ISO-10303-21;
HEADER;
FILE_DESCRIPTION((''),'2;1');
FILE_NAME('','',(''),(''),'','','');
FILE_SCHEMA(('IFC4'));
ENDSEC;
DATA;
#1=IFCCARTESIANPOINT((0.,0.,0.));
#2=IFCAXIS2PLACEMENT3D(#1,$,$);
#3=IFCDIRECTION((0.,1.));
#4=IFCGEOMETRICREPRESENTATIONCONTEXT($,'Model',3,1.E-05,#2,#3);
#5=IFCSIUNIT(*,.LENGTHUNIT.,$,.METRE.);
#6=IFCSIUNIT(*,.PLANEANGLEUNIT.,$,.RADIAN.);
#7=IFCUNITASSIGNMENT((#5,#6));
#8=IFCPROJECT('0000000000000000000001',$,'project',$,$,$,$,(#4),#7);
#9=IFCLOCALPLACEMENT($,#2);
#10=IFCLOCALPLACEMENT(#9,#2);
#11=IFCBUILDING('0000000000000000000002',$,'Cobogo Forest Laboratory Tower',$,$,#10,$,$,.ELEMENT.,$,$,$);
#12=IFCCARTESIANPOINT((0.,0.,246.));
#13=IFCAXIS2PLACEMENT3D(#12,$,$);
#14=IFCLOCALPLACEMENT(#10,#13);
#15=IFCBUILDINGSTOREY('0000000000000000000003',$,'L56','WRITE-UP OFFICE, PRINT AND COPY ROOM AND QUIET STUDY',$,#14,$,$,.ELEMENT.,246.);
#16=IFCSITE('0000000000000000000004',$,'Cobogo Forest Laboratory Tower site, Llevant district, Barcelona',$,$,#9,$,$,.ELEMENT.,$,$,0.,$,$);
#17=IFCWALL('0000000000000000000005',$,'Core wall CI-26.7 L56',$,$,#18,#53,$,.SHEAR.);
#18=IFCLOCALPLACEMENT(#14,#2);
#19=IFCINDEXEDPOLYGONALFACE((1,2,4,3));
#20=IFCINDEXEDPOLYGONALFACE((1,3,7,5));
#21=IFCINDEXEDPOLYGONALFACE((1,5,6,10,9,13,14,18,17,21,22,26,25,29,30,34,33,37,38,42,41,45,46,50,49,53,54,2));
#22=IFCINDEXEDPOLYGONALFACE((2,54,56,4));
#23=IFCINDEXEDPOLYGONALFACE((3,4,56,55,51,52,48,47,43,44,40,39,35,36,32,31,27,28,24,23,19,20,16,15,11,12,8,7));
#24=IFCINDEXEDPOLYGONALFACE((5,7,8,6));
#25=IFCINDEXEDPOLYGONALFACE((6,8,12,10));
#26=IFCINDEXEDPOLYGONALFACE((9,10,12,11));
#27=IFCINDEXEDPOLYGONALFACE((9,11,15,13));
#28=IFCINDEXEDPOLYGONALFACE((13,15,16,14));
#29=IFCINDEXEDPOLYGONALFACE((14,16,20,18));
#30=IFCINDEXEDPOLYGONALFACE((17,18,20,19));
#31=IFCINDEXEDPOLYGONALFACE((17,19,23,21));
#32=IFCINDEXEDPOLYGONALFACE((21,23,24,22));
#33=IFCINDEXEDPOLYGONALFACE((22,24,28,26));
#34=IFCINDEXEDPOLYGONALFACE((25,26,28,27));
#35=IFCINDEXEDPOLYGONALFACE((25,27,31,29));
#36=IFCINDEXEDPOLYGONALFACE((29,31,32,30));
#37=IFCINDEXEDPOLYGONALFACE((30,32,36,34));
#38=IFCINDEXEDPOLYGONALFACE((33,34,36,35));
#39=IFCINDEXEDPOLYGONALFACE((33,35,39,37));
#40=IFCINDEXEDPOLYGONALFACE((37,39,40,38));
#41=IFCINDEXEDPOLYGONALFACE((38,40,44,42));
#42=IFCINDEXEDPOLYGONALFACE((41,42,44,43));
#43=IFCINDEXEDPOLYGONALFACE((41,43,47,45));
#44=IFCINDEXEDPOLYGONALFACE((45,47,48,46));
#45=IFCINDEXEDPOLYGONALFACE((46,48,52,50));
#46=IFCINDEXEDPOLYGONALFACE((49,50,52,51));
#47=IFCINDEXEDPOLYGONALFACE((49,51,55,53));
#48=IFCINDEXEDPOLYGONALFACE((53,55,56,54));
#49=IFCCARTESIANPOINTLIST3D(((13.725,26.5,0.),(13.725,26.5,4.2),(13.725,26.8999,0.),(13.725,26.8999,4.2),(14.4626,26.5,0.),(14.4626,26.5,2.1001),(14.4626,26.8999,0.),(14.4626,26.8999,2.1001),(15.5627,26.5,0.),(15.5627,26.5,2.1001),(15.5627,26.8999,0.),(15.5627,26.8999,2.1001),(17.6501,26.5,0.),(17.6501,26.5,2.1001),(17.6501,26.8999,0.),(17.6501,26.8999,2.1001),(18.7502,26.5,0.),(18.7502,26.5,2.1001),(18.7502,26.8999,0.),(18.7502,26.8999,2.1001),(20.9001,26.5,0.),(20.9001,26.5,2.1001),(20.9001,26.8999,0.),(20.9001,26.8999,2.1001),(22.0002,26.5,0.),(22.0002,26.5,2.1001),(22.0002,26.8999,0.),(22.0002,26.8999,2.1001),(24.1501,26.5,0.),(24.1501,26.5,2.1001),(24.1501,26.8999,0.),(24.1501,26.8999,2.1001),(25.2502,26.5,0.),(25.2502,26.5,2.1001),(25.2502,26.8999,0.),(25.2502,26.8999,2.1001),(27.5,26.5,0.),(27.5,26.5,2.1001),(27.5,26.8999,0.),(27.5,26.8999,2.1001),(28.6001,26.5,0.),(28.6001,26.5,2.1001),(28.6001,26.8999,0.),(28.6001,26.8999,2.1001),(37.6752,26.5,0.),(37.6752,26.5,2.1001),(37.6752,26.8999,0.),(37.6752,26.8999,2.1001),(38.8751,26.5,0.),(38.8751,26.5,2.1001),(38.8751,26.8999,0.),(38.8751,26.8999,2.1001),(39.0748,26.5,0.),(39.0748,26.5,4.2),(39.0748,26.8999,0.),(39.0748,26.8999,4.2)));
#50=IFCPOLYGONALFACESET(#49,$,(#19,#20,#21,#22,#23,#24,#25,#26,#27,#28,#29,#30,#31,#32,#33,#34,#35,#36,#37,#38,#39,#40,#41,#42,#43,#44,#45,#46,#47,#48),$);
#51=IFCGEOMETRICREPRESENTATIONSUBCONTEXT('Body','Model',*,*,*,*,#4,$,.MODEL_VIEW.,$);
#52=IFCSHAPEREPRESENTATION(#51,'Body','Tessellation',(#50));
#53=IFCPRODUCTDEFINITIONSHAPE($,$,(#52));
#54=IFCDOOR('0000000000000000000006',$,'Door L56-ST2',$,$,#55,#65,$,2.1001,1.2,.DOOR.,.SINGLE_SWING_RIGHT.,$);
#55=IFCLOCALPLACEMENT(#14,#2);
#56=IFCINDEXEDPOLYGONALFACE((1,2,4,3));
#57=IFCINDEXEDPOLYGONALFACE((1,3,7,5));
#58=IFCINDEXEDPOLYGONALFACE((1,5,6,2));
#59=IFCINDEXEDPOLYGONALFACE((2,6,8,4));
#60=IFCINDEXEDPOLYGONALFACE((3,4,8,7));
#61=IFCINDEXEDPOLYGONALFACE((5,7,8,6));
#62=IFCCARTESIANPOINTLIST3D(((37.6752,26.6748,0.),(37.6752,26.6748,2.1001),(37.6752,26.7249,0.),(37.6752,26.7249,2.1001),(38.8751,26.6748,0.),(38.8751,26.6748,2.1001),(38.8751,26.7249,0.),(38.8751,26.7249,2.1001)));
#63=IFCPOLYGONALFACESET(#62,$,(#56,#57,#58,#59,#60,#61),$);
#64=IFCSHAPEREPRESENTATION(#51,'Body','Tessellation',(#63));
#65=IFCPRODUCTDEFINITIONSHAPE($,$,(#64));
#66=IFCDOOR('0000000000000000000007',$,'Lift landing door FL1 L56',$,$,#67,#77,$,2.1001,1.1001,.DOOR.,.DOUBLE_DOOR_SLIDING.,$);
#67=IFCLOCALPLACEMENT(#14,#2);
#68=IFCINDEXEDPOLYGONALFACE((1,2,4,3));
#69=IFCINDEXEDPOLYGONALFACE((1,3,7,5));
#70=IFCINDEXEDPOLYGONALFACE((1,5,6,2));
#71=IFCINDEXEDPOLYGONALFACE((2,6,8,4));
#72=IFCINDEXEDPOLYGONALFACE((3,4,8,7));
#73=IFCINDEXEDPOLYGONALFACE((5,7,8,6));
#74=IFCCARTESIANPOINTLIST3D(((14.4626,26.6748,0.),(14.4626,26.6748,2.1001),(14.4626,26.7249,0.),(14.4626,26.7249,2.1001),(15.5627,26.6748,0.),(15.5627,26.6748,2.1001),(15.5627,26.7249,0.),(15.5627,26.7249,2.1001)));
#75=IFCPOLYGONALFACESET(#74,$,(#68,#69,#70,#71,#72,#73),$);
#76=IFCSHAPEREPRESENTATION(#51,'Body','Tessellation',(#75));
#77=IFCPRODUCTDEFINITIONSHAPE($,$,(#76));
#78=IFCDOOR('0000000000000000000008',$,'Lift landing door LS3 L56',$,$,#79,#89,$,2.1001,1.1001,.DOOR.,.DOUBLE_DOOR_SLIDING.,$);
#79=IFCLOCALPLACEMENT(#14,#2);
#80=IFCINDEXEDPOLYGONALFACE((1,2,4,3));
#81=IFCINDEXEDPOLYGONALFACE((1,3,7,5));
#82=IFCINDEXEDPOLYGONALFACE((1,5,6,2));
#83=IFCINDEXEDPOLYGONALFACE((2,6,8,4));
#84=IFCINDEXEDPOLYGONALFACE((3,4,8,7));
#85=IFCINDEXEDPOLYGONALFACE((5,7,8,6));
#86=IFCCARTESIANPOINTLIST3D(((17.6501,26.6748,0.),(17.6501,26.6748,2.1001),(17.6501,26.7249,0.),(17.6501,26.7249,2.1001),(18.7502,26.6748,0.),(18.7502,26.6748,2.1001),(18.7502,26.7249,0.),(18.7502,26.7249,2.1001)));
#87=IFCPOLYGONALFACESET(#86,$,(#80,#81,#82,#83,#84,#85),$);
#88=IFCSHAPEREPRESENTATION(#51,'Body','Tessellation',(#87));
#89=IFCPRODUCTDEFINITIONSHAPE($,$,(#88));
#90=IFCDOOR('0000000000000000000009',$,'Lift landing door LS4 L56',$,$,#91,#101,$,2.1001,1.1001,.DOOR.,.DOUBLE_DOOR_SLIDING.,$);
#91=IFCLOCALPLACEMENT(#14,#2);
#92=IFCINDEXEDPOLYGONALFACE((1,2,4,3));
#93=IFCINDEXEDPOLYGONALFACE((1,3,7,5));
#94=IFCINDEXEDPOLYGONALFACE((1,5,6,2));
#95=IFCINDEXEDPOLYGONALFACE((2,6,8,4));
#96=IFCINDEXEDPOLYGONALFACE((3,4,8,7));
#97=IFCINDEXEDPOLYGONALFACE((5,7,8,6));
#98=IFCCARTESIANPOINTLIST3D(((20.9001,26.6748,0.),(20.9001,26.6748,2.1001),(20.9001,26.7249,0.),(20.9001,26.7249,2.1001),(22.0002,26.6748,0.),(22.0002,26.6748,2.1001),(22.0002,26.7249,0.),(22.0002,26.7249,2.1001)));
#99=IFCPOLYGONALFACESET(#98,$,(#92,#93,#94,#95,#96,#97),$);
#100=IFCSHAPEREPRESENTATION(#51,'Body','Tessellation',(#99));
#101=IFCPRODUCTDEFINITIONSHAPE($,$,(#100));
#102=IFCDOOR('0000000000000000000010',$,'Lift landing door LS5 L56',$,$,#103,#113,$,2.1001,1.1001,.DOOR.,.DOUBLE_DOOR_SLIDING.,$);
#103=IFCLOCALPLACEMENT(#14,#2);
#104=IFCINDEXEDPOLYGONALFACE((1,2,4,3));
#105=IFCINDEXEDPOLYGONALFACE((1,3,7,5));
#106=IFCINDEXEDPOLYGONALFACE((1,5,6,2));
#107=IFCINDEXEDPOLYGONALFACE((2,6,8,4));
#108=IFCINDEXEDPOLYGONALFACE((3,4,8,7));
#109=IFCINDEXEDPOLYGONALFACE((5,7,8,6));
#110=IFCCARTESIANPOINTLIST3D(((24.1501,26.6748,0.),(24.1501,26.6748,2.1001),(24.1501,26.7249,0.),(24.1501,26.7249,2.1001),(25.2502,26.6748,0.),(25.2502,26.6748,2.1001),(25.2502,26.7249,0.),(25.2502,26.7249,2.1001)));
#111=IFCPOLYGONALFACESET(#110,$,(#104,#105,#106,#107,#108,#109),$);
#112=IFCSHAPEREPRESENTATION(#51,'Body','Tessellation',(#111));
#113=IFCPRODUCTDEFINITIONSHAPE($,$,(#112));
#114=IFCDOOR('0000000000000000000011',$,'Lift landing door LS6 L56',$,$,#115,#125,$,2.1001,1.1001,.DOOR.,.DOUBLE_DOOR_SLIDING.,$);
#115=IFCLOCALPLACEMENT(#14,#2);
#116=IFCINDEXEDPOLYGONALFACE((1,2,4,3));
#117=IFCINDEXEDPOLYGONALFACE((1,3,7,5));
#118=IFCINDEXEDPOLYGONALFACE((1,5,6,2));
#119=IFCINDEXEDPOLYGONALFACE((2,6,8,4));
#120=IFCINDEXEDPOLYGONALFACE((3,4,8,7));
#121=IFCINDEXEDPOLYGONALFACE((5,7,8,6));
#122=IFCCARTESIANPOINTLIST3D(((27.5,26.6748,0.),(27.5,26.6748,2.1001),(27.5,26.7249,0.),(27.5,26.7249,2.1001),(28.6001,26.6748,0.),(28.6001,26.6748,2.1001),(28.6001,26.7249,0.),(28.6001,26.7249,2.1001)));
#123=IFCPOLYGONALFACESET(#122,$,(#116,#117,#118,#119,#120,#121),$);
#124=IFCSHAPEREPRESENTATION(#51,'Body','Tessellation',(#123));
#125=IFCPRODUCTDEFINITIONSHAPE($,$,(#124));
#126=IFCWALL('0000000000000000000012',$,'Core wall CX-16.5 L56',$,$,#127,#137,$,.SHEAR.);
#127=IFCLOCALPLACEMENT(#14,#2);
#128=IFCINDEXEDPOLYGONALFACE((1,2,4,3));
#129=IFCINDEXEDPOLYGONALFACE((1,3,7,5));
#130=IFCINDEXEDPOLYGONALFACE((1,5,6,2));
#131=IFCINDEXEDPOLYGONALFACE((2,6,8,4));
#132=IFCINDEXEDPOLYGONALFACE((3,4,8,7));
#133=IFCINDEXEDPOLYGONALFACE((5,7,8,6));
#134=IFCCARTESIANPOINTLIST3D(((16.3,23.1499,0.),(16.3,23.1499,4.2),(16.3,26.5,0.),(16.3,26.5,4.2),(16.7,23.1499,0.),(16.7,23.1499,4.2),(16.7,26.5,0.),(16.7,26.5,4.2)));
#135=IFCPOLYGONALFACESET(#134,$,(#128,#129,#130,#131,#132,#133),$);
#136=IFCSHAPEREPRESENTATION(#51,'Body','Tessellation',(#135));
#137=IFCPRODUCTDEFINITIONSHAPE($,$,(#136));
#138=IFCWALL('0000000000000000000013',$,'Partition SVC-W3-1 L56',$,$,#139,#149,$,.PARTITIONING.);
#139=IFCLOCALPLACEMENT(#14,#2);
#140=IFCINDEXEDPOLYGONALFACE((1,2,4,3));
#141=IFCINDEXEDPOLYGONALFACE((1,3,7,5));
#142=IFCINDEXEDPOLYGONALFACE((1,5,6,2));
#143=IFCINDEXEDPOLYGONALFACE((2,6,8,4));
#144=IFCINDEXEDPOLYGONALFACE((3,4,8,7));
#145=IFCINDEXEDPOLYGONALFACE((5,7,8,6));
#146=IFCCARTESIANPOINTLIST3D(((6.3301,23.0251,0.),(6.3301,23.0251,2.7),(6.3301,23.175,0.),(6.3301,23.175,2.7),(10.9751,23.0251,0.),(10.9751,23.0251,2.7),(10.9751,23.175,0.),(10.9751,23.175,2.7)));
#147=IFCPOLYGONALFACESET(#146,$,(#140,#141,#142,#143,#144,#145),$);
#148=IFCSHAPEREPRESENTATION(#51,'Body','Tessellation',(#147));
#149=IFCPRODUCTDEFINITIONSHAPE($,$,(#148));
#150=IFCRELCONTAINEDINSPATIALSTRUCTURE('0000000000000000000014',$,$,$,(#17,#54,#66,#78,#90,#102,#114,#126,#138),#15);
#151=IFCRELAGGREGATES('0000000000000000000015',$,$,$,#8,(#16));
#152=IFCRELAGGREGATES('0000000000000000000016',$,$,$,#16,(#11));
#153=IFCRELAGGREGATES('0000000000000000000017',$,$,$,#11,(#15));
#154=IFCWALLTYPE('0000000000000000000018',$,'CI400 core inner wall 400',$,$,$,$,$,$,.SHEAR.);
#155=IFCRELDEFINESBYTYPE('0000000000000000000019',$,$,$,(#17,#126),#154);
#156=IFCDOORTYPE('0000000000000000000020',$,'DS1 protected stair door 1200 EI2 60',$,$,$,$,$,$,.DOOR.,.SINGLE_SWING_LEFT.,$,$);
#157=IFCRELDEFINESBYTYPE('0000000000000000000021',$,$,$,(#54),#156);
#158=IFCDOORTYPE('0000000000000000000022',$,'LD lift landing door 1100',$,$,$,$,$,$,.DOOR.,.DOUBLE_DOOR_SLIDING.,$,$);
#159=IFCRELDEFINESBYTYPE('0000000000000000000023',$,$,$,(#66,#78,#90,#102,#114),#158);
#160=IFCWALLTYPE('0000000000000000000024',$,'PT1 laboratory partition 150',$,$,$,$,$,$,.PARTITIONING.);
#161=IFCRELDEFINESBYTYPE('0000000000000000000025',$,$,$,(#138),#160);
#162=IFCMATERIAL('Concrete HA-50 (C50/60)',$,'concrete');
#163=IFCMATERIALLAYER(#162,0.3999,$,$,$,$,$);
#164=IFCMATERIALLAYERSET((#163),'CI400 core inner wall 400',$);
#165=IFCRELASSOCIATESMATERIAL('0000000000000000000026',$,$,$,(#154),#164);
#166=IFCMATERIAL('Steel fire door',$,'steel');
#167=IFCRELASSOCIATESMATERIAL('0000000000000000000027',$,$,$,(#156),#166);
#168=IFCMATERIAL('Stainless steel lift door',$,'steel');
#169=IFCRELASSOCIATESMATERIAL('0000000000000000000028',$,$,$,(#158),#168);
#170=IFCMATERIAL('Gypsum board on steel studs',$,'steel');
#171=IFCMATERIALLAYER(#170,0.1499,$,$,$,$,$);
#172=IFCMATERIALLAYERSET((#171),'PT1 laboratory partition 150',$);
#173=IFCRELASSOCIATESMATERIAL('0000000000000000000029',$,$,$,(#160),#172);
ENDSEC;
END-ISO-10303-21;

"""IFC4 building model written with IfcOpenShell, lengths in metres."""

from ifc_helpers import new_model, si_unit, direction, frame, frame_2d, origin, place, context, subcontext, project, spatial, rectangle, extrude, material, layer, layer_set, type_object, element, fill, save


model = new_model("IFC4")

# Units and contexts
model_context = context("Model", 3, precision=1e-05, world=origin(), true_north=direction((0.0, 1.0)))
body_context = subcontext(model_context, "Body", "Model", "MODEL_VIEW")
ifc_project = project(units=[si_unit("LENGTHUNIT", "METRE"), si_unit("PLANEANGLEUNIT", "RADIAN")], contexts=[model_context])

# Site, building, storey
site_placement = place(None, origin())
site = spatial("IfcSite", under=ifc_project, at=site_placement, Name="Cobogo Forest Laboratory Tower site, Llevant district, Barcelona", CompositionType="ELEMENT", RefElevation=0.0)
building_placement = place(site_placement, origin())
building = spatial("IfcBuilding", under=site, at=building_placement, Name="Cobogo Forest Laboratory Tower", CompositionType="ELEMENT")
storey_placement = place(building_placement, frame((0.0, 0.0, 246.0)))
storey = spatial("IfcBuildingStorey", under=building, at=storey_placement, Name="L56", Description="WRITE-UP OFFICE, PRINT AND COPY ROOM AND QUIET STUDY", CompositionType="ELEMENT", Elevation=246.0)

# Shared definitions
ifc_material_1 = material(Name="Concrete HA-50 (C50/60)", Category="concrete")

# Shared definitions
ifc_layer_1 = layer(ifc_material_1, 0.3999)
ifc_layer_set_1 = layer_set([ifc_layer_1], Name="CI400 core inner wall 400")
wall_type_1 = type_object("IfcWallType", Name="CI400 core inner wall 400", PredefinedType="SHEAR", material=ifc_layer_set_1)

# Wall, openings, doors
wall_1_placement = place(storey_placement, frame((13.7251, 26.7, 0.0), z_axis=(0.0, 0.0, 1.0), x_axis=(1.0, 0.0, 0.0)))
wall_1 = element("IfcWall", 1, at=wall_1_placement, inside=storey, type_object=wall_type_1, Name="Core wall CI-26.7 L56", PredefinedType="SHEAR", context=body_context, shape_type="SweptSolid", body=[
    extrude(rectangle(XDim=25.3499, YDim=0.3999, at=frame_2d((12.6748, 0.0))), origin(), (0.0, 0.0, 1.0), 4.2),
])
opening_1_placement = place(wall_1_placement, frame((23.95, 0.0, 0.0)))
opening_1 = element("IfcOpeningElement", 2, at=opening_1_placement, cuts=wall_1, PredefinedType="OPENING", context=body_context, shape_type="SweptSolid", body=[
    extrude(rectangle(XDim=1.2, YDim=2.1001, at=frame_2d((0.6001, 1.05))), frame((0.0, 0.21, 0.0), z_axis=(0.0, -1.0, 0.0), x_axis=(1.0, 0.0, 0.0)), (0.0, 0.0, 1.0), 0.4199),
])
opening_2_placement = place(wall_1_placement, frame((0.7375, 0.0, 0.0)))
opening_2 = element("IfcOpeningElement", 3, at=opening_2_placement, cuts=wall_1, PredefinedType="OPENING", context=body_context, shape_type="SweptSolid", body=[
    extrude(rectangle(XDim=1.1001, YDim=2.1001, at=frame_2d((0.55, 1.05))), frame((0.0, 0.21, 0.0), z_axis=(0.0, -1.0, 0.0), x_axis=(1.0, 0.0, 0.0)), (0.0, 0.0, 1.0), 0.4199),
])
opening_3_placement = place(wall_1_placement, frame((3.925, 0.0, 0.0)))
opening_3 = element("IfcOpeningElement", 4, at=opening_3_placement, cuts=wall_1, PredefinedType="OPENING", context=body_context, shape_type="SweptSolid", body=[
    extrude(rectangle(XDim=1.1001, YDim=2.1001, at=frame_2d((0.55, 1.05))), frame((0.0, 0.21, 0.0), z_axis=(0.0, -1.0, 0.0), x_axis=(1.0, 0.0, 0.0)), (0.0, 0.0, 1.0), 0.4199),
])
opening_4_placement = place(wall_1_placement, frame((7.175, 0.0, 0.0)))
opening_4 = element("IfcOpeningElement", 5, at=opening_4_placement, cuts=wall_1, PredefinedType="OPENING", context=body_context, shape_type="SweptSolid", body=[
    extrude(rectangle(XDim=1.1001, YDim=2.1001, at=frame_2d((0.55, 1.05))), frame((0.0, 0.21, 0.0), z_axis=(0.0, -1.0, 0.0), x_axis=(1.0, 0.0, 0.0)), (0.0, 0.0, 1.0), 0.4199),
])
opening_5_placement = place(wall_1_placement, frame((10.425, 0.0, 0.0)))
opening_5 = element("IfcOpeningElement", 6, at=opening_5_placement, cuts=wall_1, PredefinedType="OPENING", context=body_context, shape_type="SweptSolid", body=[
    extrude(rectangle(XDim=1.1001, YDim=2.1001, at=frame_2d((0.55, 1.05))), frame((0.0, 0.21, 0.0), z_axis=(0.0, -1.0, 0.0), x_axis=(1.0, 0.0, 0.0)), (0.0, 0.0, 1.0), 0.4199),
])
opening_6_placement = place(wall_1_placement, frame((13.7749, 0.0, 0.0)))
opening_6 = element("IfcOpeningElement", 7, at=opening_6_placement, cuts=wall_1, PredefinedType="OPENING", context=body_context, shape_type="SweptSolid", body=[
    extrude(rectangle(XDim=1.1001, YDim=2.1001, at=frame_2d((0.55, 1.05))), frame((0.0, 0.21, 0.0), z_axis=(0.0, -1.0, 0.0), x_axis=(1.0, 0.0, 0.0)), (0.0, 0.0, 1.0), 0.4199),
])
ifc_material_2 = material(Name="Steel fire door", Category="steel")
door_type_1 = type_object("IfcDoorType", Name="DS1 protected stair door 1200 EI2 60", OperationType="SINGLE_SWING_LEFT", PredefinedType="DOOR", material=ifc_material_2)
door_1_placement = place(opening_1_placement, origin())
door_1 = element("IfcDoor", 8, at=door_1_placement, inside=storey, type_object=door_type_1, Name="Door L56-ST2", OperationType="SINGLE_SWING_RIGHT", OverallHeight=2.1001, OverallWidth=1.2, PredefinedType="DOOR", context=body_context, shape_type="SweptSolid", body=[
    extrude(rectangle(XDim=1.2, YDim=2.1001, at=frame_2d((0.6001, 1.05))), frame((0.0, 0.0249, 0.0), z_axis=(0.0, -1.0, 0.0), x_axis=(1.0, 0.0, 0.0)), (0.0, 0.0, 1.0), 0.05),
])
fill(opening_1, door_1)
ifc_material_3 = material(Name="Stainless steel lift door", Category="steel")
door_type_2 = type_object("IfcDoorType", Name="LD lift landing door 1100", OperationType="DOUBLE_DOOR_SLIDING", PredefinedType="DOOR", material=ifc_material_3)
door_2_placement = place(opening_2_placement, origin())
door_2 = element("IfcDoor", 9, at=door_2_placement, inside=storey, type_object=door_type_2, Name="Lift landing door FL1 L56", OperationType="DOUBLE_DOOR_SLIDING", OverallHeight=2.1001, OverallWidth=1.1001, PredefinedType="DOOR", context=body_context, shape_type="SweptSolid", body=[
    extrude(rectangle(XDim=1.1001, YDim=2.1001, at=frame_2d((0.55, 1.05))), frame((0.0, 0.0249, 0.0), z_axis=(0.0, -1.0, 0.0), x_axis=(1.0, 0.0, 0.0)), (0.0, 0.0, 1.0), 0.05),
])
fill(opening_2, door_2)
door_3_placement = place(opening_3_placement, origin())
door_3 = element("IfcDoor", 10, at=door_3_placement, inside=storey, type_object=door_type_2, Name="Lift landing door LS3 L56", OperationType="DOUBLE_DOOR_SLIDING", OverallHeight=2.1001, OverallWidth=1.1001, PredefinedType="DOOR", context=body_context, shape_type="SweptSolid", body=[
    extrude(rectangle(XDim=1.1001, YDim=2.1001, at=frame_2d((0.55, 1.05))), frame((0.0, 0.0249, 0.0), z_axis=(0.0, -1.0, 0.0), x_axis=(1.0, 0.0, 0.0)), (0.0, 0.0, 1.0), 0.05),
])
fill(opening_3, door_3)
door_4_placement = place(opening_4_placement, origin())
door_4 = element("IfcDoor", 11, at=door_4_placement, inside=storey, type_object=door_type_2, Name="Lift landing door LS4 L56", OperationType="DOUBLE_DOOR_SLIDING", OverallHeight=2.1001, OverallWidth=1.1001, PredefinedType="DOOR", context=body_context, shape_type="SweptSolid", body=[
    extrude(rectangle(XDim=1.1001, YDim=2.1001, at=frame_2d((0.55, 1.05))), frame((0.0, 0.0249, 0.0), z_axis=(0.0, -1.0, 0.0), x_axis=(1.0, 0.0, 0.0)), (0.0, 0.0, 1.0), 0.05),
])
fill(opening_4, door_4)
door_5_placement = place(opening_5_placement, origin())
door_5 = element("IfcDoor", 12, at=door_5_placement, inside=storey, type_object=door_type_2, Name="Lift landing door LS5 L56", OperationType="DOUBLE_DOOR_SLIDING", OverallHeight=2.1001, OverallWidth=1.1001, PredefinedType="DOOR", context=body_context, shape_type="SweptSolid", body=[
    extrude(rectangle(XDim=1.1001, YDim=2.1001, at=frame_2d((0.55, 1.05))), frame((0.0, 0.0249, 0.0), z_axis=(0.0, -1.0, 0.0), x_axis=(1.0, 0.0, 0.0)), (0.0, 0.0, 1.0), 0.05),
])
fill(opening_5, door_5)
door_6_placement = place(opening_6_placement, origin())
door_6 = element("IfcDoor", 13, at=door_6_placement, inside=storey, type_object=door_type_2, Name="Lift landing door LS6 L56", OperationType="DOUBLE_DOOR_SLIDING", OverallHeight=2.1001, OverallWidth=1.1001, PredefinedType="DOOR", context=body_context, shape_type="SweptSolid", body=[
    extrude(rectangle(XDim=1.1001, YDim=2.1001, at=frame_2d((0.55, 1.05))), frame((0.0, 0.0249, 0.0), z_axis=(0.0, -1.0, 0.0), x_axis=(1.0, 0.0, 0.0)), (0.0, 0.0, 1.0), 0.05),
])
fill(opening_6, door_6)

# Walls
wall_2_placement = place(storey_placement, frame((16.5, 23.1499, 0.0), z_axis=(0.0, 0.0, 1.0), x_axis=(0.0, 1.0, 0.0)))
element("IfcWall", 14, at=wall_2_placement, inside=storey, type_object=wall_type_1, Name="Core wall CX-16.5 L56", PredefinedType="SHEAR", context=body_context, shape_type="SweptSolid", body=[
    extrude(rectangle(XDim=3.3501, YDim=0.3999, at=frame_2d((1.675, 0.0))), origin(), (0.0, 0.0, 1.0), 4.2),
])
ifc_material_4 = material(Name="Gypsum board on steel studs", Category="steel")
ifc_layer_2 = layer(ifc_material_4, 0.1499)
ifc_layer_set_2 = layer_set([ifc_layer_2], Name="PT1 laboratory partition 150")
wall_type_2 = type_object("IfcWallType", Name="PT1 laboratory partition 150", PredefinedType="PARTITIONING", material=ifc_layer_set_2)
wall_3_placement = place(storey_placement, frame((6.3301, 23.1001, 0.0), z_axis=(0.0, 0.0, 1.0), x_axis=(1.0, 0.0, 0.0)))
element("IfcWall", 15, at=wall_3_placement, inside=storey, type_object=wall_type_2, Name="Partition SVC-W3-1 L56", PredefinedType="PARTITIONING", context=body_context, shape_type="SweptSolid", body=[
    extrude(rectangle(XDim=4.645, YDim=0.1499, at=frame_2d((2.3225, 0.0))), origin(), (0.0, 0.0, 1.0), 2.7),
])

save(model, "model.ifc")
